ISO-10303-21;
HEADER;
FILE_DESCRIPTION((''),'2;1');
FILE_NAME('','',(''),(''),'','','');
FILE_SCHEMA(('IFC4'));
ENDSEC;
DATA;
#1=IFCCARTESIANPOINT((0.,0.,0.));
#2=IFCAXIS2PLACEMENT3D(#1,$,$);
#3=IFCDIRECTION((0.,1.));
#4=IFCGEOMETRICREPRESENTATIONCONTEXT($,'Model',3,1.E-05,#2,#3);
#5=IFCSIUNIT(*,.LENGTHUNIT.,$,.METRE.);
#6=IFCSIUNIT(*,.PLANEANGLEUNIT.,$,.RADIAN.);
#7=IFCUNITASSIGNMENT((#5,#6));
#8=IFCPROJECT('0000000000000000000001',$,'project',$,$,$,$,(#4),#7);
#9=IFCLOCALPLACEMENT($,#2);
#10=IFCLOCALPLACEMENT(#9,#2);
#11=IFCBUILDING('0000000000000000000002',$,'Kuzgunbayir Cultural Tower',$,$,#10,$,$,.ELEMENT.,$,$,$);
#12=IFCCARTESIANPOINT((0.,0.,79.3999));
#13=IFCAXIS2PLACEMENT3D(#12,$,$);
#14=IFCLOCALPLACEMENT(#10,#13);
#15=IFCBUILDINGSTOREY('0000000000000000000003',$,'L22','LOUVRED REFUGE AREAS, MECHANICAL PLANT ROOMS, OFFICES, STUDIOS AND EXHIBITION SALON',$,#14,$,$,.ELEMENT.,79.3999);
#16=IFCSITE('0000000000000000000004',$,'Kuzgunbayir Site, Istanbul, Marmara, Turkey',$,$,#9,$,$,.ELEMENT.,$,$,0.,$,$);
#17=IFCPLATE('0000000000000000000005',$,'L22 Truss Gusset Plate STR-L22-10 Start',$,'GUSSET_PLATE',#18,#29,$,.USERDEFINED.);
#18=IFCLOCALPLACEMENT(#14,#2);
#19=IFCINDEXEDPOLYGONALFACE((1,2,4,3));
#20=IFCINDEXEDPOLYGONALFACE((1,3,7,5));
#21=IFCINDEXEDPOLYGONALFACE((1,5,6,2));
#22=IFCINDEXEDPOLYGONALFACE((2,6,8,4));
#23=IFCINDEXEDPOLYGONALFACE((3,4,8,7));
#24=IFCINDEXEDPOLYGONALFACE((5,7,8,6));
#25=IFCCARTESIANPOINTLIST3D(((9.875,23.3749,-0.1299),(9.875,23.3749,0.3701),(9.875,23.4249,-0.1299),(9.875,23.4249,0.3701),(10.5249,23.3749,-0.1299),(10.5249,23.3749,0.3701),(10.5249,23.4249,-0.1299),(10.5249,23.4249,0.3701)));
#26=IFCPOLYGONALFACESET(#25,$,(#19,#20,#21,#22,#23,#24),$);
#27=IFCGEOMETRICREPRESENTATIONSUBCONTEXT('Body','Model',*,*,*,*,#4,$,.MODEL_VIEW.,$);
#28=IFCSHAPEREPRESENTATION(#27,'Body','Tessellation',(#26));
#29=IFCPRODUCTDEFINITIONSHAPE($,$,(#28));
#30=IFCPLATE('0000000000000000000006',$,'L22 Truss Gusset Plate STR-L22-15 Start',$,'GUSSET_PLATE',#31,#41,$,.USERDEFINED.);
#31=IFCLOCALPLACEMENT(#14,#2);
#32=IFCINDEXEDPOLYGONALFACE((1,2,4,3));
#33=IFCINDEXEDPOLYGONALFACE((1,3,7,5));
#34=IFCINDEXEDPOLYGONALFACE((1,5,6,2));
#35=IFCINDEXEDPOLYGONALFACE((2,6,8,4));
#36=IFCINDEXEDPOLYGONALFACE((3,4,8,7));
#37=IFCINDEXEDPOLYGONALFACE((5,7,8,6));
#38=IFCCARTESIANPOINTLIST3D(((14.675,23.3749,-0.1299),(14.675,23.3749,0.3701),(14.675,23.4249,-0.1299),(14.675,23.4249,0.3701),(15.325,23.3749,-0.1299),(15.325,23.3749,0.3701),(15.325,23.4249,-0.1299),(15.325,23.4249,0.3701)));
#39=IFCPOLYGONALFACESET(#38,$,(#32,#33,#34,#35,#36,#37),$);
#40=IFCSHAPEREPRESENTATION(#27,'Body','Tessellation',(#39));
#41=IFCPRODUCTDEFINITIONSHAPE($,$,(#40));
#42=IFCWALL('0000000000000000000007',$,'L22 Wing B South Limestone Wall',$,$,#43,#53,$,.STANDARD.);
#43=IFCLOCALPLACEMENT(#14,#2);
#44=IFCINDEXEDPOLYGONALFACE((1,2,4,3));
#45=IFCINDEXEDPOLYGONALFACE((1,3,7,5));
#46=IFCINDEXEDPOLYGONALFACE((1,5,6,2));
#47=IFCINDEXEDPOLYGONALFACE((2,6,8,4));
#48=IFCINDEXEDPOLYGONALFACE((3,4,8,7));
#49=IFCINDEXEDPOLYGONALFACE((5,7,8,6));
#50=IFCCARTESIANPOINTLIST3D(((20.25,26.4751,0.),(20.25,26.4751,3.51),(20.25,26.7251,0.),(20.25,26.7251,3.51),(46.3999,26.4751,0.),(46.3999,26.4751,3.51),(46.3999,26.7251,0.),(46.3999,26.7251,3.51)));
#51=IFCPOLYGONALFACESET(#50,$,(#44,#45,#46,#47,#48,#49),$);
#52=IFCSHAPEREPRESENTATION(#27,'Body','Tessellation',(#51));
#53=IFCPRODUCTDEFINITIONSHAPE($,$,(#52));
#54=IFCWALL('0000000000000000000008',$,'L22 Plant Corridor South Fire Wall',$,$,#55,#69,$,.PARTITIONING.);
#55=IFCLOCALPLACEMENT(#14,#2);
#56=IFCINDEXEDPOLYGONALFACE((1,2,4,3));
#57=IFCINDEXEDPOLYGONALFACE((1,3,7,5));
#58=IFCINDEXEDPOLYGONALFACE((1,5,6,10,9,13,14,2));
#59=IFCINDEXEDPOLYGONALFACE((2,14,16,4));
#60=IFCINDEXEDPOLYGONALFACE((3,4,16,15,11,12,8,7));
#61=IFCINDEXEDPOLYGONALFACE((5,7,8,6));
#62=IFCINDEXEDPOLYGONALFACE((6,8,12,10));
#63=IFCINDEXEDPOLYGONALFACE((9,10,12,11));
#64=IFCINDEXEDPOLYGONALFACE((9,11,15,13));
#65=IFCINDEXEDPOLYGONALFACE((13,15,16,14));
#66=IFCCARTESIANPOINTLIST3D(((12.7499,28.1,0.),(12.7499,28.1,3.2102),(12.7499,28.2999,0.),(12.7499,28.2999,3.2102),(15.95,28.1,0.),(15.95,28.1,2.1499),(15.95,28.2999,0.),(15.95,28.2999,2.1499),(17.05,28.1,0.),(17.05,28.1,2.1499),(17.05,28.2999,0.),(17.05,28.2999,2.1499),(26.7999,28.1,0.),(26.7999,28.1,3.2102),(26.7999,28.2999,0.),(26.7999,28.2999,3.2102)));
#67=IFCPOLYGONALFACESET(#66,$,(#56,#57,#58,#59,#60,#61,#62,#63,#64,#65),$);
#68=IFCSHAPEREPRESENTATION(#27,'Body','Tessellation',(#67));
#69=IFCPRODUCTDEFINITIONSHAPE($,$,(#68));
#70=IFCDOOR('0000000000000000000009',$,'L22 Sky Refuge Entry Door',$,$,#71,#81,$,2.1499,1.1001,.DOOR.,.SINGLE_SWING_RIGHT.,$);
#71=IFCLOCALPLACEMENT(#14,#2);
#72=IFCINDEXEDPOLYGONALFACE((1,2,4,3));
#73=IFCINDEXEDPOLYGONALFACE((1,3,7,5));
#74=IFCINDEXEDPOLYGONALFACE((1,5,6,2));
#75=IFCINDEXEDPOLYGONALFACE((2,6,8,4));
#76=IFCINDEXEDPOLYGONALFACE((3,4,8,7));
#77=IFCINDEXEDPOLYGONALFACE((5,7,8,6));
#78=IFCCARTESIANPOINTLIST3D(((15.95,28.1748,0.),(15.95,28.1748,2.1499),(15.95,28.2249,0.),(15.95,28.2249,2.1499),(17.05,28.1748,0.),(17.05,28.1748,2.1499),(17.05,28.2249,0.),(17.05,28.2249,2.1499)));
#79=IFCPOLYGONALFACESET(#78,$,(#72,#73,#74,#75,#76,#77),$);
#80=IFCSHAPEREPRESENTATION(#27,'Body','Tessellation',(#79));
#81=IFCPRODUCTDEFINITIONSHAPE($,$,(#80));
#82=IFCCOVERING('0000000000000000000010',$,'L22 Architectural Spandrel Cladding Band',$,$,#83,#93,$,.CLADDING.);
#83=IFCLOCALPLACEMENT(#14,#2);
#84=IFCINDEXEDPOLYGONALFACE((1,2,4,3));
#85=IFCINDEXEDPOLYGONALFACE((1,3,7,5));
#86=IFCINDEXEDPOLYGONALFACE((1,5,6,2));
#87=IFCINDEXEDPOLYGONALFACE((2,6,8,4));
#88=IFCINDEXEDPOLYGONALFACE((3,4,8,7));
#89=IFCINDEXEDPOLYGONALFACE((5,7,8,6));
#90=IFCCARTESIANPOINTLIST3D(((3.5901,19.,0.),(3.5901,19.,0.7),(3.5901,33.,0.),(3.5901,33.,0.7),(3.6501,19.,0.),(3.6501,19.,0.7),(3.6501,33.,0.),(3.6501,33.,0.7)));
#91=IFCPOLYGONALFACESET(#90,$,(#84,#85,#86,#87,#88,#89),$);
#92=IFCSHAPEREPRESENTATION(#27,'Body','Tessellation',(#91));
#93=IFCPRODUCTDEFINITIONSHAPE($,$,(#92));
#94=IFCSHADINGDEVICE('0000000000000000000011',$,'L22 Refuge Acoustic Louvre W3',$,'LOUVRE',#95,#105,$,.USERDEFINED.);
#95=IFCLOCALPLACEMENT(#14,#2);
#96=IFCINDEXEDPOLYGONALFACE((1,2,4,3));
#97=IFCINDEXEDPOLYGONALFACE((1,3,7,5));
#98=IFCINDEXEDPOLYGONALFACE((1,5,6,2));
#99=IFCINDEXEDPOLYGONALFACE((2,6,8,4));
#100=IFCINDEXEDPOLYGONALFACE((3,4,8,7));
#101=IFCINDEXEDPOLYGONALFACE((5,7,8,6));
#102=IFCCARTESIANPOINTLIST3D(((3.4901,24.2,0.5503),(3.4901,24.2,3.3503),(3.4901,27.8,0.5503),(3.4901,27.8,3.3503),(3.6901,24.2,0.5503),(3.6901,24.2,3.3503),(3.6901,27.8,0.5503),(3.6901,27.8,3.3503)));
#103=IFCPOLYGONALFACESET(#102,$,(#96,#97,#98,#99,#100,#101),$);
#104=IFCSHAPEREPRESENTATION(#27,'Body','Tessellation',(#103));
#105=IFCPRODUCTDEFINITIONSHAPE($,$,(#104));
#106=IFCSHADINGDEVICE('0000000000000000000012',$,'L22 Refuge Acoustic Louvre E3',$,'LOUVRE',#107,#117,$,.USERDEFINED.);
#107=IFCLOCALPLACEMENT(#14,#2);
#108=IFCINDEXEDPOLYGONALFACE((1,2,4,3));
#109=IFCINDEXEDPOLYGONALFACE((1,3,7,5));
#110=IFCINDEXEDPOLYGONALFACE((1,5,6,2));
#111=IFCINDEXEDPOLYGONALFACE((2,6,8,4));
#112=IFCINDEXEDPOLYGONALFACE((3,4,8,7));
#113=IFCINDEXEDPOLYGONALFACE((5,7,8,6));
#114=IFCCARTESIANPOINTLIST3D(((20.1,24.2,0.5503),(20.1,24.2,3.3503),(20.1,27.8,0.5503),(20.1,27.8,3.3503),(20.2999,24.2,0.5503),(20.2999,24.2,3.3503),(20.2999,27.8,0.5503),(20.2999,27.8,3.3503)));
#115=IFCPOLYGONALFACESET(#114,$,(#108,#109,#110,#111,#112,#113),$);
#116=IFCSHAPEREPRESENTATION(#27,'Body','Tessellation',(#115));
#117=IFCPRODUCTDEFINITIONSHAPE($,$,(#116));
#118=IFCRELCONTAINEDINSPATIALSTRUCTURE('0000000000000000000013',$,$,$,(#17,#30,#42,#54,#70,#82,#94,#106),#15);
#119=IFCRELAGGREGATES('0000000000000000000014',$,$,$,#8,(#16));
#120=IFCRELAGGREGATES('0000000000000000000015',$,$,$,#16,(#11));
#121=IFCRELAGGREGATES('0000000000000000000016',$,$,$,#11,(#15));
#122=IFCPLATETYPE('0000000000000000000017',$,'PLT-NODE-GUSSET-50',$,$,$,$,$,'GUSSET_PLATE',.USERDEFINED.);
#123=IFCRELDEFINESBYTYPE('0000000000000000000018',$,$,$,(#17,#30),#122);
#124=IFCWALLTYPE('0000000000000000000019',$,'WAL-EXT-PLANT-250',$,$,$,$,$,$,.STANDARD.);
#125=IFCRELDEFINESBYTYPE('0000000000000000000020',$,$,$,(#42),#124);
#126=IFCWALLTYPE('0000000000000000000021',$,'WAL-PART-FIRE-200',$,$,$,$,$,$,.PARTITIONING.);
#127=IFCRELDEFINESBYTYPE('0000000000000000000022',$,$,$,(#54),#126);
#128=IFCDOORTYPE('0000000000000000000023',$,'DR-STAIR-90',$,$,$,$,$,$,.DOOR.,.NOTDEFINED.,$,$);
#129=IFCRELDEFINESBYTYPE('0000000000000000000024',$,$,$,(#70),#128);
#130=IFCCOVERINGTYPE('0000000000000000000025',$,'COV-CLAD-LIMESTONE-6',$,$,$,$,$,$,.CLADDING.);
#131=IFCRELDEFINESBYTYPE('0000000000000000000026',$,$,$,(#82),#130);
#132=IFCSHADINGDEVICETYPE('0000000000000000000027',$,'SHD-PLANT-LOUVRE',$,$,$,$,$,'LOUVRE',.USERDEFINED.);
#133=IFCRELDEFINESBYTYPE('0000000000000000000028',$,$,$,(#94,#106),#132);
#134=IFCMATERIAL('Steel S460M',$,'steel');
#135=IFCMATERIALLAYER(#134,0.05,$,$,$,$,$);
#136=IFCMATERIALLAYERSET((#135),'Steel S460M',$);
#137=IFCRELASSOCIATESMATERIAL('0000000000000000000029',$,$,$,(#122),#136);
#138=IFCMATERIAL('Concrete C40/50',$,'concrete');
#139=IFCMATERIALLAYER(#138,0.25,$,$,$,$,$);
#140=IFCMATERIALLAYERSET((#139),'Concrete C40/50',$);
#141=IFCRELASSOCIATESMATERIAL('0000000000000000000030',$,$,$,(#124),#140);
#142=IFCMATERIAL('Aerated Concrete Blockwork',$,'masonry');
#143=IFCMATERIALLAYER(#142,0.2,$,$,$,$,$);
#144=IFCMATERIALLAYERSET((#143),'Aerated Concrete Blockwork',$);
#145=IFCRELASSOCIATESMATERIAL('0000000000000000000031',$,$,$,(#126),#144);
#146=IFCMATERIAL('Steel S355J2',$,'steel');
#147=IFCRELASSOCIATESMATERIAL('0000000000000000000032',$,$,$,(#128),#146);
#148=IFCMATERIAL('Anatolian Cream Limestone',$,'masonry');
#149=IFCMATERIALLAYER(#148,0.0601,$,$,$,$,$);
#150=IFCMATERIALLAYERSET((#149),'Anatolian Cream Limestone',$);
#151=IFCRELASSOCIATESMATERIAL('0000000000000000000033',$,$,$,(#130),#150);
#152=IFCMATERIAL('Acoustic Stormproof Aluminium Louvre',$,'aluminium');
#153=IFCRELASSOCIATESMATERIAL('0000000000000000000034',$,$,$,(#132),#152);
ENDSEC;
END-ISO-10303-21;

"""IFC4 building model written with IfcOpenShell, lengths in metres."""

from ifc_helpers import new_model, si_unit, direction, frame, frame_2d, origin, origin_2d, place, context, subcontext, project, spatial, rectangle, extrude, material, layer, layer_set, type_object, element, fill, save


model = new_model("IFC4")

# Units and contexts
model_context = context("Model", 3, precision=1e-05, world=origin(), true_north=direction((0.0, 1.0)))
body_context = subcontext(model_context, "Body", "Model", "MODEL_VIEW")
ifc_project = project(units=[si_unit("LENGTHUNIT", "METRE"), si_unit("PLANEANGLEUNIT", "RADIAN")], contexts=[model_context])

# Site, building, storey
site_placement = place(None, origin())
site = spatial("IfcSite", under=ifc_project, at=site_placement, Name="Kuzgunbayir Site, Istanbul, Marmara, Turkey", CompositionType="ELEMENT", RefElevation=0.0)
building_placement = place(site_placement, origin())
building = spatial("IfcBuilding", under=site, at=building_placement, Name="Kuzgunbayir Cultural Tower", CompositionType="ELEMENT")
storey_placement = place(building_placement, frame((0.0, 0.0, 79.3999)))
storey = spatial("IfcBuildingStorey", under=building, at=storey_placement, Name="L22", Description="LOUVRED REFUGE AREAS, MECHANICAL PLANT ROOMS, OFFICES, STUDIOS AND EXHIBITION SALON", CompositionType="ELEMENT", Elevation=79.3999)

# Shared definitions
ifc_material_1 = material(Name="Steel S355J2", Category="steel")

# Shared definitions
ifc_material_2 = material(Name="Steel S460M", Category="steel")

# Plates
ifc_layer_1 = layer(ifc_material_2, 0.05)
ifc_layer_set_1 = layer_set([ifc_layer_1], Name="Steel S460M")
plate_type_1 = type_object("IfcPlateType", Name="PLT-NODE-GUSSET-50", ElementType="GUSSET_PLATE", PredefinedType="USERDEFINED", material=ifc_layer_set_1)
for number, where, z_axis, x_axis, name in (
    (1, (10.2, 23.3999, -0.1299), (0.0, 0.0, 1.0), (1.0, 0.0, 0.0), "L22 Truss Gusset Plate STR-L22-10 Start"),
    (2, (15.0, 23.3999, -0.1299), (0.0, 0.0, 1.0), (1.0, 0.0, 0.0), "L22 Truss Gusset Plate STR-L22-15 Start"),
):
    element("IfcPlate", number, at=place(storey_placement, frame(where, z_axis=z_axis, x_axis=x_axis)), inside=storey, type_object=plate_type_1, Name=name, ObjectType="GUSSET_PLATE", PredefinedType="USERDEFINED", context=body_context, shape_type="SweptSolid", body=[
        extrude(rectangle(XDim=0.6499, YDim=0.05, at=origin_2d()), origin(), (0.0, 0.0, 1.0), 0.5),
    ])

# Wall
ifc_material_3 = material(Name="Concrete C40/50", Category="concrete")
ifc_layer_2 = layer(ifc_material_3, 0.25)
ifc_layer_set_2 = layer_set([ifc_layer_2], Name="Concrete C40/50")
wall_type_1 = type_object("IfcWallType", Name="WAL-EXT-PLANT-250", PredefinedType="STANDARD", material=ifc_layer_set_2)
wall_1_placement = place(storey_placement, frame((20.25, 26.6001, 0.0), z_axis=(0.0, 0.0, 1.0), x_axis=(1.0, 0.0, 0.0)))
element("IfcWall", 3, at=wall_1_placement, inside=storey, type_object=wall_type_1, Name="L22 Wing B South Limestone Wall", PredefinedType="STANDARD", context=body_context, shape_type="SweptSolid", body=[
    extrude(rectangle(XDim=26.1499, YDim=0.25, at=frame_2d((13.075, 0.0))), origin(), (0.0, 0.0, 1.0), 3.51),
])

# Wall, opening, door
ifc_material_4 = material(Name="Aerated Concrete Blockwork", Category="masonry")
ifc_layer_3 = layer(ifc_material_4, 0.2)
ifc_layer_set_3 = layer_set([ifc_layer_3], Name="Aerated Concrete Blockwork")
wall_type_2 = type_object("IfcWallType", Name="WAL-PART-FIRE-200", PredefinedType="PARTITIONING", material=ifc_layer_set_3)
wall_2_placement = place(storey_placement, frame((12.75, 28.2, 0.0), z_axis=(0.0, 0.0, 1.0), x_axis=(1.0, 0.0, 0.0)))
wall_2 = element("IfcWall", 4, at=wall_2_placement, inside=storey, type_object=wall_type_2, Name="L22 Plant Corridor South Fire Wall", PredefinedType="PARTITIONING", context=body_context, shape_type="SweptSolid", body=[
    extrude(rectangle(XDim=14.05, YDim=0.2, at=frame_2d((7.0249, 0.0))), origin(), (0.0, 0.0, 1.0), 3.2102),
])
opening_placement = place(wall_2_placement, frame((3.2, 0.0, 0.0)))
opening = element("IfcOpeningElement", 5, at=opening_placement, cuts=wall_2, PredefinedType="OPENING", context=body_context, shape_type="SweptSolid", body=[
    extrude(rectangle(XDim=1.1001, YDim=2.1499, at=frame_2d((0.55, 1.075))), frame((0.0, 0.1099, 0.0), z_axis=(0.0, -1.0, 0.0), x_axis=(1.0, 0.0, 0.0)), (0.0, 0.0, 1.0), 0.22),
])
door_type = type_object("IfcDoorType", Name="DR-STAIR-90", OperationType="NOTDEFINED", PredefinedType="DOOR", material=ifc_material_1)
door_placement = place(opening_placement, origin())
door = element("IfcDoor", 6, at=door_placement, inside=storey, type_object=door_type, Name="L22 Sky Refuge Entry Door", OperationType="SINGLE_SWING_RIGHT", OverallHeight=2.1499, OverallWidth=1.1001, PredefinedType="DOOR", context=body_context, shape_type="SweptSolid", body=[
    extrude(rectangle(XDim=1.1001, YDim=2.1499, at=frame_2d((0.55, 1.075))), frame((0.0, 0.0249, 0.0), z_axis=(0.0, -1.0, 0.0), x_axis=(1.0, 0.0, 0.0)), (0.0, 0.0, 1.0), 0.05),
])
fill(opening, door)

# Covering
ifc_material_5 = material(Name="Anatolian Cream Limestone", Category="masonry")
ifc_layer_4 = layer(ifc_material_5, 0.0601)
ifc_layer_set_4 = layer_set([ifc_layer_4], Name="Anatolian Cream Limestone")
covering_type = type_object("IfcCoveringType", Name="COV-CLAD-LIMESTONE-6", PredefinedType="CLADDING", material=ifc_layer_set_4)
covering_placement = place(storey_placement, frame((3.6201, 26.0, 0.0), z_axis=(0.0, 0.0, 1.0), x_axis=(1.0, 0.0, 0.0)))
element("IfcCovering", 7, at=covering_placement, inside=storey, type_object=covering_type, Name="L22 Architectural Spandrel Cladding Band", PredefinedType="CLADDING", context=body_context, shape_type="SweptSolid", body=[
    extrude(rectangle(XDim=0.0601, YDim=14.0, at=origin_2d()), origin(), (0.0, 0.0, 1.0), 0.7),
])

# Shading devices
ifc_material_6 = material(Name="Acoustic Stormproof Aluminium Louvre", Category="aluminium")
shading_device_type = type_object("IfcShadingDeviceType", Name="SHD-PLANT-LOUVRE", ElementType="LOUVRE", PredefinedType="USERDEFINED", material=ifc_material_6)
for number, where, z_axis, x_axis, name in (
    (8, (3.5901, 26.0, 0.5503), (0.0, 0.0, 1.0), (1.0, 0.0, 0.0), "L22 Refuge Acoustic Louvre W3"),
    (9, (20.2, 26.0, 0.5503), (0.0, 0.0, 1.0), (1.0, 0.0, 0.0), "L22 Refuge Acoustic Louvre E3"),
):
    element("IfcShadingDevice", number, at=place(storey_placement, frame(where, z_axis=z_axis, x_axis=x_axis)), inside=storey, type_object=shading_device_type, Name=name, ObjectType="LOUVRE", PredefinedType="USERDEFINED", context=body_context, shape_type="SweptSolid", body=[
        extrude(rectangle(XDim=0.2, YDim=3.6001, at=origin_2d()), origin(), (0.0, 0.0, 1.0), 2.8),
    ])

save(model, "model.ifc")
